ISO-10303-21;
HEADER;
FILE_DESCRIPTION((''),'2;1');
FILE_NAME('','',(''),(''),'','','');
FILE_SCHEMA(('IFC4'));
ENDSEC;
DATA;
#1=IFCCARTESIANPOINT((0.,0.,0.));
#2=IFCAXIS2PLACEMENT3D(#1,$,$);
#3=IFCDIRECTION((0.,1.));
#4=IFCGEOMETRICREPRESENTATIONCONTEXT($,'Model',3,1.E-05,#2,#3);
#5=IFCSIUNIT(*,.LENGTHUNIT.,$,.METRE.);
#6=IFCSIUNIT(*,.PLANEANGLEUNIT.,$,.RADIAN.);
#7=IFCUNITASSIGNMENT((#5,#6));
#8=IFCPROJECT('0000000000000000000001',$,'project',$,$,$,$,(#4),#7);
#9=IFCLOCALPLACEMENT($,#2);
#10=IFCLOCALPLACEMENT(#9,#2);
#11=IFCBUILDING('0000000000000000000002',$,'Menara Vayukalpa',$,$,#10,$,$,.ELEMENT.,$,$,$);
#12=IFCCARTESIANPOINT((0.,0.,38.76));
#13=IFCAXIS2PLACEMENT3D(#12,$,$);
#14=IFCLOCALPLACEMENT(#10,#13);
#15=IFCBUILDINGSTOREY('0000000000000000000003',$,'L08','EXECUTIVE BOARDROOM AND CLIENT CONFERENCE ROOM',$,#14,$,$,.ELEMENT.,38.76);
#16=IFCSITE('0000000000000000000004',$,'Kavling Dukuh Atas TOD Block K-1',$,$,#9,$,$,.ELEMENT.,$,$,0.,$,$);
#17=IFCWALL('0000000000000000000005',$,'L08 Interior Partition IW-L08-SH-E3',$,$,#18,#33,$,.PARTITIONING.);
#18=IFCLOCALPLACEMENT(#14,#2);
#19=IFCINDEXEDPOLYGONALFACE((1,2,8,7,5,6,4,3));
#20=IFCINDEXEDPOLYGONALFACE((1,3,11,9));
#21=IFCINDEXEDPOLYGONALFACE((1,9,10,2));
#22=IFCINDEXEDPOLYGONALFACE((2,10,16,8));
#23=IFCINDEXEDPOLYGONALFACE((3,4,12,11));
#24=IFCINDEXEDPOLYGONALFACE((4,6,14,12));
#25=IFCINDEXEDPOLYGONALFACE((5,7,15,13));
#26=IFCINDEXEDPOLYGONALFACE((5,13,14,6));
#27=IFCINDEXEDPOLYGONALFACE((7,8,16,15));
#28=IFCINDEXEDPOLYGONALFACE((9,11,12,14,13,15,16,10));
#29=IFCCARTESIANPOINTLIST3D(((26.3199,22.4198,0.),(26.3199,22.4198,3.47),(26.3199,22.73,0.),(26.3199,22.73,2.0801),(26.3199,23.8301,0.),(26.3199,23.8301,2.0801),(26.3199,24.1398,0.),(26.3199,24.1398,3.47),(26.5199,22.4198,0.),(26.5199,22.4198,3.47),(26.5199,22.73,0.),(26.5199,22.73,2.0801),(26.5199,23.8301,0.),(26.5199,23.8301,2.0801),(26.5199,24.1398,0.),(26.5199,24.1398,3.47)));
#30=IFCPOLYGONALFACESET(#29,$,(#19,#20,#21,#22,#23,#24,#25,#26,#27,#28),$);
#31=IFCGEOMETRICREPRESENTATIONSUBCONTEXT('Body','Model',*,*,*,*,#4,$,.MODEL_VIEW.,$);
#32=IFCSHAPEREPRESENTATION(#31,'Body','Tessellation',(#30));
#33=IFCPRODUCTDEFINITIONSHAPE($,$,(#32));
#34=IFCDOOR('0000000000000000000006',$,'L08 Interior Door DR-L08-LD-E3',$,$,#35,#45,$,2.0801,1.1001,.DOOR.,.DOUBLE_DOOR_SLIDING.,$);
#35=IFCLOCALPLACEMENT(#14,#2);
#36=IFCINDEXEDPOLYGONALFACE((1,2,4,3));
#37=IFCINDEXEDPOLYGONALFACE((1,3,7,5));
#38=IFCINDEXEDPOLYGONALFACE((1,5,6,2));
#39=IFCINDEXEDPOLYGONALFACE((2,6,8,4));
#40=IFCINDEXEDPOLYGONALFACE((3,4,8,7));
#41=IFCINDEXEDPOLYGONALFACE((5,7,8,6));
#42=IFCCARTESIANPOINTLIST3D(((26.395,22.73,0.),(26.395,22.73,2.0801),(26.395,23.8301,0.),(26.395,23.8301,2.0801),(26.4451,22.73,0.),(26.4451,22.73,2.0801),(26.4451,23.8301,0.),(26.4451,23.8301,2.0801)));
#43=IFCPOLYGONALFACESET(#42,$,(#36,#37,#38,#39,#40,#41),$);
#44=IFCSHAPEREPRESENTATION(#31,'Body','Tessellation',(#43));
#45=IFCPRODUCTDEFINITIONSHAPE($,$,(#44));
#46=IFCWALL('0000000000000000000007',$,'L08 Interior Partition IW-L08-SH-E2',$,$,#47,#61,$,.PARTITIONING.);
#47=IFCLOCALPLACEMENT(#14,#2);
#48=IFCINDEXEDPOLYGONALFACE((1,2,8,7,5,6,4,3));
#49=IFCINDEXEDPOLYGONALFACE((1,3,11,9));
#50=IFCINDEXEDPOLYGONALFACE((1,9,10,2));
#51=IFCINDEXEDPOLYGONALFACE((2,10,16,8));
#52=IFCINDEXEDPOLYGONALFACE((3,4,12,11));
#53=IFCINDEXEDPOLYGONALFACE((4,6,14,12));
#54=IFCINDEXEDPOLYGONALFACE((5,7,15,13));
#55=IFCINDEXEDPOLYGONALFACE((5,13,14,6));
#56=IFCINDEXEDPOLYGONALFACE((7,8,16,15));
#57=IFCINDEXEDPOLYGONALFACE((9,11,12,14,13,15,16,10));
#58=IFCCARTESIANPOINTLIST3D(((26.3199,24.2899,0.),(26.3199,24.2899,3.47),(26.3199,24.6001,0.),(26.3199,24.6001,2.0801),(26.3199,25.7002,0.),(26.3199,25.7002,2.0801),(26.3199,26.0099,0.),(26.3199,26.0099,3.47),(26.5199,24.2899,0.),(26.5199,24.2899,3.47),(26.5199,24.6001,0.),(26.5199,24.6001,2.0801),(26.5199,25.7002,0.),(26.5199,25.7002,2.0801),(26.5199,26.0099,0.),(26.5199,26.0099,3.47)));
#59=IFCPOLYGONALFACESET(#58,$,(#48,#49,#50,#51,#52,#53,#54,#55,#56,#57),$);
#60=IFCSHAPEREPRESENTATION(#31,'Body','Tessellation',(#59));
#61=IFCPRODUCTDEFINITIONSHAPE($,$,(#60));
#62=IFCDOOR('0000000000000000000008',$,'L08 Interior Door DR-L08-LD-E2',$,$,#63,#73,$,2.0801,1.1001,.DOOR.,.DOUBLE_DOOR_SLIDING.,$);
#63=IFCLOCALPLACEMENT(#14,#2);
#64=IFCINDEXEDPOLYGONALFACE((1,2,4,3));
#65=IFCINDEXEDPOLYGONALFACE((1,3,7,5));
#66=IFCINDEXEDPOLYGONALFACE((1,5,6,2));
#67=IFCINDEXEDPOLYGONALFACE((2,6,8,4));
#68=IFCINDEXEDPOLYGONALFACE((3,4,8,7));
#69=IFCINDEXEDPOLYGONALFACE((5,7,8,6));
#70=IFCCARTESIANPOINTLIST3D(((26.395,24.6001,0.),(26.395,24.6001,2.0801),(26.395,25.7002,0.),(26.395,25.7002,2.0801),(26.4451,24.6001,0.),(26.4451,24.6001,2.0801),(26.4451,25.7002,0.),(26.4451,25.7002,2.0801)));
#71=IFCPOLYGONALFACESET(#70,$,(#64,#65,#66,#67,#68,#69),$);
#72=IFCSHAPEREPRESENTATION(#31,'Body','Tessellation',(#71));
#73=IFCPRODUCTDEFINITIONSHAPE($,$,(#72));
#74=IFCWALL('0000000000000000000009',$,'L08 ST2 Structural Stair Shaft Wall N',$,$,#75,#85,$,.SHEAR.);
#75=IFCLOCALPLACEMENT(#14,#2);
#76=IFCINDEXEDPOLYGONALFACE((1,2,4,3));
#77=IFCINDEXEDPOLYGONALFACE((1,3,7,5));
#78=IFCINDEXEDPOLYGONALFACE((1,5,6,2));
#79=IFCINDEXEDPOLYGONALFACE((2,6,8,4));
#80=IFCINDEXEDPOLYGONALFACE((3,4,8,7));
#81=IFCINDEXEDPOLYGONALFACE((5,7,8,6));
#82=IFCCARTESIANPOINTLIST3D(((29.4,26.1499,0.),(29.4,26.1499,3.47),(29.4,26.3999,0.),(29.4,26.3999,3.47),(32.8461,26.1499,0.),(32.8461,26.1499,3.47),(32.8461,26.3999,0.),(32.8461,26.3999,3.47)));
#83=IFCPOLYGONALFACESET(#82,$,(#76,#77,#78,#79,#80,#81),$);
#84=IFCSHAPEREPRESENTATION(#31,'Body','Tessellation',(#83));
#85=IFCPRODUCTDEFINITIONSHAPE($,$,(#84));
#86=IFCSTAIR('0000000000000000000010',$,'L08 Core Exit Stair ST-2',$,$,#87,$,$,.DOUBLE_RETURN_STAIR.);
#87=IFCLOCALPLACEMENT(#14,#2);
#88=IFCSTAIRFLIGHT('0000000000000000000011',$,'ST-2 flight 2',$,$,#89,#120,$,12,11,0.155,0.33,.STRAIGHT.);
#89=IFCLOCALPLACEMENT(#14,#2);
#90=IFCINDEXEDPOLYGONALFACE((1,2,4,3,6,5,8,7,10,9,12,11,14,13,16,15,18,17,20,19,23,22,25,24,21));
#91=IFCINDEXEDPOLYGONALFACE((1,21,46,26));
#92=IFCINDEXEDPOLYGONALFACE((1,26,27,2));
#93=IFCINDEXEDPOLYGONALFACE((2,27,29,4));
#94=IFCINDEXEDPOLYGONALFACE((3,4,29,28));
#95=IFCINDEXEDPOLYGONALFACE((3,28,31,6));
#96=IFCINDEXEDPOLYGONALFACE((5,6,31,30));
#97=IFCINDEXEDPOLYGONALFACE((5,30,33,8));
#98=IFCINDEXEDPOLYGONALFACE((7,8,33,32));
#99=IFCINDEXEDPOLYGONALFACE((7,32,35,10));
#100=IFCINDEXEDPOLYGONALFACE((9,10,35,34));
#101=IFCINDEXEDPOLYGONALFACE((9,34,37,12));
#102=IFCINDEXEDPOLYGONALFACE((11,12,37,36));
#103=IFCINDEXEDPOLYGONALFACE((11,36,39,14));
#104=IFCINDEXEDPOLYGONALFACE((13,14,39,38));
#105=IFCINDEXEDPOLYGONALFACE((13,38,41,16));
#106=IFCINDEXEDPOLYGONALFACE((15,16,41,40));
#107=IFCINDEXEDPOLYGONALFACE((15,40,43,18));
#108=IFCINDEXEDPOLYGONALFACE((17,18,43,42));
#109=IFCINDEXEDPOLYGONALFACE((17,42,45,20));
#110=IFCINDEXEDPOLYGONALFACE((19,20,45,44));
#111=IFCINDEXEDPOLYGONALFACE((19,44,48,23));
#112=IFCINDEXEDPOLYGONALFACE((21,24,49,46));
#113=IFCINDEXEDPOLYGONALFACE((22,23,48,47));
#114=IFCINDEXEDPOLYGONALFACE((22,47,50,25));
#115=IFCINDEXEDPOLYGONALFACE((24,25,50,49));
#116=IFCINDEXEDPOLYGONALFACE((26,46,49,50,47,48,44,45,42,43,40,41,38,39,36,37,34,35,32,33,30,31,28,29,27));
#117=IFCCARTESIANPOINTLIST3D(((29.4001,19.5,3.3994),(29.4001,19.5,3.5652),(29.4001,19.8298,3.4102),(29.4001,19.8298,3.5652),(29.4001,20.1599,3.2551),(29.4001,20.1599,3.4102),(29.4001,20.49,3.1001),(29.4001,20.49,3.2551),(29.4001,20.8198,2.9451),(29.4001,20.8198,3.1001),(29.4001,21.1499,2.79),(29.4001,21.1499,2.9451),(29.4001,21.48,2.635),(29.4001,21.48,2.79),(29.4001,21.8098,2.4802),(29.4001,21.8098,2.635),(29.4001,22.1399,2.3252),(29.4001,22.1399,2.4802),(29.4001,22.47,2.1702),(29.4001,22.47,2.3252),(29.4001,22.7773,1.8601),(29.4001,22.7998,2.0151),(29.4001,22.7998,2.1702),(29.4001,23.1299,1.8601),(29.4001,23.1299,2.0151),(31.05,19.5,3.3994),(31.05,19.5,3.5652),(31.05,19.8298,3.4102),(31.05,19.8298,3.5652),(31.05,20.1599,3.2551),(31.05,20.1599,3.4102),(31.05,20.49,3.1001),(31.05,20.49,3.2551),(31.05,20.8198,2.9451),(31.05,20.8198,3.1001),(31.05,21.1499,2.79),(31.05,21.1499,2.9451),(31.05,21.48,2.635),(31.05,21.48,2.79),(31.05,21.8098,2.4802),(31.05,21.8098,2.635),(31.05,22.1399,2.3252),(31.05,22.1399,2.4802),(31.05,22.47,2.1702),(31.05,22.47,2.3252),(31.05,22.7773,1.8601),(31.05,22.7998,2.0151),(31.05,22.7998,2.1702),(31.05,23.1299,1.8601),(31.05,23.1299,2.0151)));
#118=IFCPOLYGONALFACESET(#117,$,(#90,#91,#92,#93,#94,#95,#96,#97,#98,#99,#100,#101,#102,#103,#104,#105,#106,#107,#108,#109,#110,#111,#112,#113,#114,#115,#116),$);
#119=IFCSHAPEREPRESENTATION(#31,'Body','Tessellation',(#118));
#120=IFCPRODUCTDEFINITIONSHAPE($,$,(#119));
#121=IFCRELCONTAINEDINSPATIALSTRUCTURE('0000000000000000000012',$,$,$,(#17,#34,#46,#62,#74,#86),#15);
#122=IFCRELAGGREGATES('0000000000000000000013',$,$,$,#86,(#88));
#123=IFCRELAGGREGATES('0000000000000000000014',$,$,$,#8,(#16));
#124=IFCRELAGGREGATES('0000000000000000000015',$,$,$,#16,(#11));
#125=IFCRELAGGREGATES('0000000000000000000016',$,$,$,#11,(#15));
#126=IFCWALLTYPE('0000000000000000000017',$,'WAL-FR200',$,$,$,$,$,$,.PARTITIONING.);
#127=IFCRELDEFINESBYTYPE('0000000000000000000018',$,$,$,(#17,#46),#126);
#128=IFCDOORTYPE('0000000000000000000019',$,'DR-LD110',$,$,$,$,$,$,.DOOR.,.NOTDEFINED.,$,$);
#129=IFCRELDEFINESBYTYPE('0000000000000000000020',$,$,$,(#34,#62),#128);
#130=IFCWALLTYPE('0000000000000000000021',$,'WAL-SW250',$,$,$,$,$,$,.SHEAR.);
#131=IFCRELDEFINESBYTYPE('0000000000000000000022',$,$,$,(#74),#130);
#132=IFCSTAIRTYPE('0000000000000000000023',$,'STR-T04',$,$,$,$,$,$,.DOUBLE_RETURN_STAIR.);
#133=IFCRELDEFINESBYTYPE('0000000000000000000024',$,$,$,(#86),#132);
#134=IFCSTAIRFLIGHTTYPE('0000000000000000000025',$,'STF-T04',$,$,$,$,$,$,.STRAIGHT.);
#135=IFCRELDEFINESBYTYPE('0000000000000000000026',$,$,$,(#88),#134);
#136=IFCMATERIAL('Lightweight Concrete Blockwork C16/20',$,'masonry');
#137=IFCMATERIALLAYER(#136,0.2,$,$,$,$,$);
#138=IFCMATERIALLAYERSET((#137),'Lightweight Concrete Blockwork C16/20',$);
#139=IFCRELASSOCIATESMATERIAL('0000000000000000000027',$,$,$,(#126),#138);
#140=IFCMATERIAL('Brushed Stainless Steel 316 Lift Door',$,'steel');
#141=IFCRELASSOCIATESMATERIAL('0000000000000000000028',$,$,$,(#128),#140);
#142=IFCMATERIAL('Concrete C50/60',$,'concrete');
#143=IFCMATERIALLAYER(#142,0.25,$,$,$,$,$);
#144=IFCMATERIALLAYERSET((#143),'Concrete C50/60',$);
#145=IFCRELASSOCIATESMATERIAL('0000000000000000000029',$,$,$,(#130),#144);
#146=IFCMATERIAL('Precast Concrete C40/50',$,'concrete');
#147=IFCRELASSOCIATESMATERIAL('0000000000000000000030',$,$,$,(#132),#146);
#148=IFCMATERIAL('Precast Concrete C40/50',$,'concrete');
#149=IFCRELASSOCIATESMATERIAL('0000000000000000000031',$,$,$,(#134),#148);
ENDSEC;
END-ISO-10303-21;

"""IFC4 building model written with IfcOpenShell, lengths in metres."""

from ifc_helpers import new_model, si_unit, direction, frame, frame_2d, origin, place, context, subcontext, project, spatial, polyline, rectangle, outline, extrude, material, layer, layer_set, type_object, element, fill, aggregate, save


model = new_model("IFC4")

# Units and contexts
model_context = context("Model", 3, precision=1e-05, world=origin(), true_north=direction((0.0, 1.0)))
body_context = subcontext(model_context, "Body", "Model", "MODEL_VIEW")
ifc_project = project(units=[si_unit("LENGTHUNIT", "METRE"), si_unit("PLANEANGLEUNIT", "RADIAN")], contexts=[model_context])

# Site, building, storey
site_placement = place(None, origin())
site = spatial("IfcSite", under=ifc_project, at=site_placement, Name="Kavling Dukuh Atas TOD Block K-1", CompositionType="ELEMENT", RefElevation=0.0)
building_placement = place(site_placement, origin())
building = spatial("IfcBuilding", under=site, at=building_placement, Name="Menara Vayukalpa", CompositionType="ELEMENT")
storey_placement = place(building_placement, frame((0.0, 0.0, 38.76)))
storey = spatial("IfcBuildingStorey", under=building, at=storey_placement, Name="L08", Description="EXECUTIVE BOARDROOM AND CLIENT CONFERENCE ROOM", CompositionType="ELEMENT", Elevation=38.76)

# Walls, openings, doors
ifc_material_1 = material(Name="Lightweight Concrete Blockwork C16/20", Category="masonry")
ifc_layer_1 = layer(ifc_material_1, 0.2)
ifc_layer_set_1 = layer_set([ifc_layer_1], Name="Lightweight Concrete Blockwork C16/20")
wall_type_1 = type_object("IfcWallType", Name="WAL-FR200", PredefinedType="PARTITIONING", material=ifc_layer_set_1)
ifc_material_2 = material(Name="Brushed Stainless Steel 316 Lift Door", Category="steel")
door_type = type_object("IfcDoorType", Name="DR-LD110", OperationType="NOTDEFINED", PredefinedType="DOOR", material=ifc_material_2)
wall_1_placement = place(storey_placement, frame((26.4199, 22.4199, 0.0), z_axis=(0.0, 0.0, 1.0), x_axis=(0.0, 1.0, 0.0)))
wall_1 = element("IfcWall", 1, at=wall_1_placement, inside=storey, type_object=wall_type_1, Name="L08 Interior Partition IW-L08-SH-E3", PredefinedType="PARTITIONING", context=body_context, shape_type="SweptSolid", body=[
    extrude(rectangle(XDim=1.72, YDim=0.2, at=frame_2d((0.8599, 0.0))), origin(), (0.0, 0.0, 1.0), 3.47),
])
opening_1_placement = place(wall_1_placement, frame((0.3101, 0.0, 0.0)))
opening_1 = element("IfcOpeningElement", 2, at=opening_1_placement, cuts=wall_1, PredefinedType="OPENING", context=body_context, shape_type="SweptSolid", body=[
    extrude(rectangle(XDim=1.1001, YDim=2.0801, at=frame_2d((0.55, 1.04))), frame((0.0, 0.1099, 0.0), z_axis=(0.0, -1.0, 0.0), x_axis=(1.0, 0.0, 0.0)), (0.0, 0.0, 1.0), 0.22),
])
door_1_placement = place(opening_1_placement, origin())
door_1 = element("IfcDoor", 3, at=door_1_placement, inside=storey, type_object=door_type, Name="L08 Interior Door DR-L08-LD-E3", OperationType="DOUBLE_DOOR_SLIDING", OverallHeight=2.0801, OverallWidth=1.1001, PredefinedType="DOOR", context=body_context, shape_type="SweptSolid", body=[
    extrude(rectangle(XDim=1.1001, YDim=2.0801, at=frame_2d((0.55, 1.04))), frame((0.0, 0.0249, 0.0), z_axis=(0.0, -1.0, 0.0), x_axis=(1.0, 0.0, 0.0)), (0.0, 0.0, 1.0), 0.05),
])
fill(opening_1, door_1)
wall_2_placement = place(storey_placement, frame((26.4199, 24.29, 0.0), z_axis=(0.0, 0.0, 1.0), x_axis=(0.0, 1.0, 0.0)))
wall_2 = element("IfcWall", 4, at=wall_2_placement, inside=storey, type_object=wall_type_1, Name="L08 Interior Partition IW-L08-SH-E2", PredefinedType="PARTITIONING", context=body_context, shape_type="SweptSolid", body=[
    extrude(rectangle(XDim=1.72, YDim=0.2, at=frame_2d((0.8599, 0.0))), origin(), (0.0, 0.0, 1.0), 3.47),
])
opening_2_placement = place(wall_2_placement, frame((0.3101, 0.0, 0.0)))
opening_2 = element("IfcOpeningElement", 5, at=opening_2_placement, cuts=wall_2, PredefinedType="OPENING", context=body_context, shape_type="SweptSolid", body=[
    extrude(rectangle(XDim=1.1001, YDim=2.0801, at=frame_2d((0.55, 1.04))), frame((0.0, 0.1099, 0.0), z_axis=(0.0, -1.0, 0.0), x_axis=(1.0, 0.0, 0.0)), (0.0, 0.0, 1.0), 0.22),
])
door_2_placement = place(opening_2_placement, origin())
door_2 = element("IfcDoor", 6, at=door_2_placement, inside=storey, type_object=door_type, Name="L08 Interior Door DR-L08-LD-E2", OperationType="DOUBLE_DOOR_SLIDING", OverallHeight=2.0801, OverallWidth=1.1001, PredefinedType="DOOR", context=body_context, shape_type="SweptSolid", body=[
    extrude(rectangle(XDim=1.1001, YDim=2.0801, at=frame_2d((0.55, 1.04))), frame((0.0, 0.0249, 0.0), z_axis=(0.0, -1.0, 0.0), x_axis=(1.0, 0.0, 0.0)), (0.0, 0.0, 1.0), 0.05),
])
fill(opening_2, door_2)

# Wall
ifc_material_3 = material(Name="Concrete C50/60", Category="concrete")
ifc_layer_2 = layer(ifc_material_3, 0.25)
ifc_layer_set_2 = layer_set([ifc_layer_2], Name="Concrete C50/60")
wall_type_2 = type_object("IfcWallType", Name="WAL-SW250", PredefinedType="SHEAR", material=ifc_layer_set_2)
wall_3_placement = place(storey_placement, frame((29.3999, 26.2749, 0.0), z_axis=(0.0, 0.0, 1.0), x_axis=(1.0, 0.0, 0.0)))
element("IfcWall", 7, at=wall_3_placement, inside=storey, type_object=wall_type_2, Name="L08 ST2 Structural Stair Shaft Wall N", PredefinedType="SHEAR", context=body_context, shape_type="SweptSolid", body=[
    extrude(rectangle(XDim=3.446, YDim=0.25, at=frame_2d((1.7231, 0.0))), origin(), (0.0, 0.0, 1.0), 3.47),
])

# Stair, stair flight
ifc_material_4 = material(Name="Precast Concrete C40/50", Category="concrete")
stair_type = type_object("IfcStairType", Name="STR-T04", PredefinedType="DOUBLE_RETURN_STAIR", material=ifc_material_4)
stair_placement = place(storey_placement, origin())
stair = element("IfcStair", 8, at=stair_placement, inside=storey, type_object=stair_type, Name="L08 Core Exit Stair ST-2", PredefinedType="DOUBLE_RETURN_STAIR")
ifc_material_5 = material(Name="Precast Concrete C40/50", Category="concrete")
stair_flight_type = type_object("IfcStairFlightType", Name="STF-T04", PredefinedType="STRAIGHT", material=ifc_material_5)
stair_flight_placement = place(storey_placement, frame((30.2251, 23.1299, 1.8601), z_axis=(0.0, 0.0, 1.0), x_axis=(0.0, -1.0, 0.0)))
stair_flight = element("IfcStairFlight", 9, at=stair_flight_placement, type_object=stair_flight_type, Name="ST-2 flight 2", NumberOfRisers=12, NumberOfTreads=11, PredefinedType="STRAIGHT", RiserHeight=0.155, TreadLength=0.33, context=body_context, shape_type="SweptSolid", body=[
    extrude(outline(polyline([(0.0, 0.0), (0.0, 0.155), (0.3301, 0.155), (0.3301, 0.3101), (0.6599, 0.3101), (0.6599, 0.4651), (0.99, 0.4651), (0.99, 0.6201), (1.3201, 0.6201), (1.3201, 0.7749), (1.6499, 0.7749), (1.6499, 0.9299), (1.98, 0.9299), (1.98, 1.085), (2.3101, 1.085), (2.3101, 1.24), (2.6399, 1.24), (2.6399, 1.395), (2.97, 1.395), (2.97, 1.55), (3.3, 1.55), (3.3, 1.7051), (3.6299, 1.7051), (3.6299, 1.8601), (3.6299, 1.5393), (0.3525, 0.0), (0.0, 0.0)])), frame((0.0, 0.825, 0.0), z_axis=(0.0, -1.0, 0.0), x_axis=(1.0, 0.0, 0.0)), (0.0, 0.0, 1.0), 1.6499),
])
aggregate(stair, [stair_flight])

save(model, "model.ifc")
